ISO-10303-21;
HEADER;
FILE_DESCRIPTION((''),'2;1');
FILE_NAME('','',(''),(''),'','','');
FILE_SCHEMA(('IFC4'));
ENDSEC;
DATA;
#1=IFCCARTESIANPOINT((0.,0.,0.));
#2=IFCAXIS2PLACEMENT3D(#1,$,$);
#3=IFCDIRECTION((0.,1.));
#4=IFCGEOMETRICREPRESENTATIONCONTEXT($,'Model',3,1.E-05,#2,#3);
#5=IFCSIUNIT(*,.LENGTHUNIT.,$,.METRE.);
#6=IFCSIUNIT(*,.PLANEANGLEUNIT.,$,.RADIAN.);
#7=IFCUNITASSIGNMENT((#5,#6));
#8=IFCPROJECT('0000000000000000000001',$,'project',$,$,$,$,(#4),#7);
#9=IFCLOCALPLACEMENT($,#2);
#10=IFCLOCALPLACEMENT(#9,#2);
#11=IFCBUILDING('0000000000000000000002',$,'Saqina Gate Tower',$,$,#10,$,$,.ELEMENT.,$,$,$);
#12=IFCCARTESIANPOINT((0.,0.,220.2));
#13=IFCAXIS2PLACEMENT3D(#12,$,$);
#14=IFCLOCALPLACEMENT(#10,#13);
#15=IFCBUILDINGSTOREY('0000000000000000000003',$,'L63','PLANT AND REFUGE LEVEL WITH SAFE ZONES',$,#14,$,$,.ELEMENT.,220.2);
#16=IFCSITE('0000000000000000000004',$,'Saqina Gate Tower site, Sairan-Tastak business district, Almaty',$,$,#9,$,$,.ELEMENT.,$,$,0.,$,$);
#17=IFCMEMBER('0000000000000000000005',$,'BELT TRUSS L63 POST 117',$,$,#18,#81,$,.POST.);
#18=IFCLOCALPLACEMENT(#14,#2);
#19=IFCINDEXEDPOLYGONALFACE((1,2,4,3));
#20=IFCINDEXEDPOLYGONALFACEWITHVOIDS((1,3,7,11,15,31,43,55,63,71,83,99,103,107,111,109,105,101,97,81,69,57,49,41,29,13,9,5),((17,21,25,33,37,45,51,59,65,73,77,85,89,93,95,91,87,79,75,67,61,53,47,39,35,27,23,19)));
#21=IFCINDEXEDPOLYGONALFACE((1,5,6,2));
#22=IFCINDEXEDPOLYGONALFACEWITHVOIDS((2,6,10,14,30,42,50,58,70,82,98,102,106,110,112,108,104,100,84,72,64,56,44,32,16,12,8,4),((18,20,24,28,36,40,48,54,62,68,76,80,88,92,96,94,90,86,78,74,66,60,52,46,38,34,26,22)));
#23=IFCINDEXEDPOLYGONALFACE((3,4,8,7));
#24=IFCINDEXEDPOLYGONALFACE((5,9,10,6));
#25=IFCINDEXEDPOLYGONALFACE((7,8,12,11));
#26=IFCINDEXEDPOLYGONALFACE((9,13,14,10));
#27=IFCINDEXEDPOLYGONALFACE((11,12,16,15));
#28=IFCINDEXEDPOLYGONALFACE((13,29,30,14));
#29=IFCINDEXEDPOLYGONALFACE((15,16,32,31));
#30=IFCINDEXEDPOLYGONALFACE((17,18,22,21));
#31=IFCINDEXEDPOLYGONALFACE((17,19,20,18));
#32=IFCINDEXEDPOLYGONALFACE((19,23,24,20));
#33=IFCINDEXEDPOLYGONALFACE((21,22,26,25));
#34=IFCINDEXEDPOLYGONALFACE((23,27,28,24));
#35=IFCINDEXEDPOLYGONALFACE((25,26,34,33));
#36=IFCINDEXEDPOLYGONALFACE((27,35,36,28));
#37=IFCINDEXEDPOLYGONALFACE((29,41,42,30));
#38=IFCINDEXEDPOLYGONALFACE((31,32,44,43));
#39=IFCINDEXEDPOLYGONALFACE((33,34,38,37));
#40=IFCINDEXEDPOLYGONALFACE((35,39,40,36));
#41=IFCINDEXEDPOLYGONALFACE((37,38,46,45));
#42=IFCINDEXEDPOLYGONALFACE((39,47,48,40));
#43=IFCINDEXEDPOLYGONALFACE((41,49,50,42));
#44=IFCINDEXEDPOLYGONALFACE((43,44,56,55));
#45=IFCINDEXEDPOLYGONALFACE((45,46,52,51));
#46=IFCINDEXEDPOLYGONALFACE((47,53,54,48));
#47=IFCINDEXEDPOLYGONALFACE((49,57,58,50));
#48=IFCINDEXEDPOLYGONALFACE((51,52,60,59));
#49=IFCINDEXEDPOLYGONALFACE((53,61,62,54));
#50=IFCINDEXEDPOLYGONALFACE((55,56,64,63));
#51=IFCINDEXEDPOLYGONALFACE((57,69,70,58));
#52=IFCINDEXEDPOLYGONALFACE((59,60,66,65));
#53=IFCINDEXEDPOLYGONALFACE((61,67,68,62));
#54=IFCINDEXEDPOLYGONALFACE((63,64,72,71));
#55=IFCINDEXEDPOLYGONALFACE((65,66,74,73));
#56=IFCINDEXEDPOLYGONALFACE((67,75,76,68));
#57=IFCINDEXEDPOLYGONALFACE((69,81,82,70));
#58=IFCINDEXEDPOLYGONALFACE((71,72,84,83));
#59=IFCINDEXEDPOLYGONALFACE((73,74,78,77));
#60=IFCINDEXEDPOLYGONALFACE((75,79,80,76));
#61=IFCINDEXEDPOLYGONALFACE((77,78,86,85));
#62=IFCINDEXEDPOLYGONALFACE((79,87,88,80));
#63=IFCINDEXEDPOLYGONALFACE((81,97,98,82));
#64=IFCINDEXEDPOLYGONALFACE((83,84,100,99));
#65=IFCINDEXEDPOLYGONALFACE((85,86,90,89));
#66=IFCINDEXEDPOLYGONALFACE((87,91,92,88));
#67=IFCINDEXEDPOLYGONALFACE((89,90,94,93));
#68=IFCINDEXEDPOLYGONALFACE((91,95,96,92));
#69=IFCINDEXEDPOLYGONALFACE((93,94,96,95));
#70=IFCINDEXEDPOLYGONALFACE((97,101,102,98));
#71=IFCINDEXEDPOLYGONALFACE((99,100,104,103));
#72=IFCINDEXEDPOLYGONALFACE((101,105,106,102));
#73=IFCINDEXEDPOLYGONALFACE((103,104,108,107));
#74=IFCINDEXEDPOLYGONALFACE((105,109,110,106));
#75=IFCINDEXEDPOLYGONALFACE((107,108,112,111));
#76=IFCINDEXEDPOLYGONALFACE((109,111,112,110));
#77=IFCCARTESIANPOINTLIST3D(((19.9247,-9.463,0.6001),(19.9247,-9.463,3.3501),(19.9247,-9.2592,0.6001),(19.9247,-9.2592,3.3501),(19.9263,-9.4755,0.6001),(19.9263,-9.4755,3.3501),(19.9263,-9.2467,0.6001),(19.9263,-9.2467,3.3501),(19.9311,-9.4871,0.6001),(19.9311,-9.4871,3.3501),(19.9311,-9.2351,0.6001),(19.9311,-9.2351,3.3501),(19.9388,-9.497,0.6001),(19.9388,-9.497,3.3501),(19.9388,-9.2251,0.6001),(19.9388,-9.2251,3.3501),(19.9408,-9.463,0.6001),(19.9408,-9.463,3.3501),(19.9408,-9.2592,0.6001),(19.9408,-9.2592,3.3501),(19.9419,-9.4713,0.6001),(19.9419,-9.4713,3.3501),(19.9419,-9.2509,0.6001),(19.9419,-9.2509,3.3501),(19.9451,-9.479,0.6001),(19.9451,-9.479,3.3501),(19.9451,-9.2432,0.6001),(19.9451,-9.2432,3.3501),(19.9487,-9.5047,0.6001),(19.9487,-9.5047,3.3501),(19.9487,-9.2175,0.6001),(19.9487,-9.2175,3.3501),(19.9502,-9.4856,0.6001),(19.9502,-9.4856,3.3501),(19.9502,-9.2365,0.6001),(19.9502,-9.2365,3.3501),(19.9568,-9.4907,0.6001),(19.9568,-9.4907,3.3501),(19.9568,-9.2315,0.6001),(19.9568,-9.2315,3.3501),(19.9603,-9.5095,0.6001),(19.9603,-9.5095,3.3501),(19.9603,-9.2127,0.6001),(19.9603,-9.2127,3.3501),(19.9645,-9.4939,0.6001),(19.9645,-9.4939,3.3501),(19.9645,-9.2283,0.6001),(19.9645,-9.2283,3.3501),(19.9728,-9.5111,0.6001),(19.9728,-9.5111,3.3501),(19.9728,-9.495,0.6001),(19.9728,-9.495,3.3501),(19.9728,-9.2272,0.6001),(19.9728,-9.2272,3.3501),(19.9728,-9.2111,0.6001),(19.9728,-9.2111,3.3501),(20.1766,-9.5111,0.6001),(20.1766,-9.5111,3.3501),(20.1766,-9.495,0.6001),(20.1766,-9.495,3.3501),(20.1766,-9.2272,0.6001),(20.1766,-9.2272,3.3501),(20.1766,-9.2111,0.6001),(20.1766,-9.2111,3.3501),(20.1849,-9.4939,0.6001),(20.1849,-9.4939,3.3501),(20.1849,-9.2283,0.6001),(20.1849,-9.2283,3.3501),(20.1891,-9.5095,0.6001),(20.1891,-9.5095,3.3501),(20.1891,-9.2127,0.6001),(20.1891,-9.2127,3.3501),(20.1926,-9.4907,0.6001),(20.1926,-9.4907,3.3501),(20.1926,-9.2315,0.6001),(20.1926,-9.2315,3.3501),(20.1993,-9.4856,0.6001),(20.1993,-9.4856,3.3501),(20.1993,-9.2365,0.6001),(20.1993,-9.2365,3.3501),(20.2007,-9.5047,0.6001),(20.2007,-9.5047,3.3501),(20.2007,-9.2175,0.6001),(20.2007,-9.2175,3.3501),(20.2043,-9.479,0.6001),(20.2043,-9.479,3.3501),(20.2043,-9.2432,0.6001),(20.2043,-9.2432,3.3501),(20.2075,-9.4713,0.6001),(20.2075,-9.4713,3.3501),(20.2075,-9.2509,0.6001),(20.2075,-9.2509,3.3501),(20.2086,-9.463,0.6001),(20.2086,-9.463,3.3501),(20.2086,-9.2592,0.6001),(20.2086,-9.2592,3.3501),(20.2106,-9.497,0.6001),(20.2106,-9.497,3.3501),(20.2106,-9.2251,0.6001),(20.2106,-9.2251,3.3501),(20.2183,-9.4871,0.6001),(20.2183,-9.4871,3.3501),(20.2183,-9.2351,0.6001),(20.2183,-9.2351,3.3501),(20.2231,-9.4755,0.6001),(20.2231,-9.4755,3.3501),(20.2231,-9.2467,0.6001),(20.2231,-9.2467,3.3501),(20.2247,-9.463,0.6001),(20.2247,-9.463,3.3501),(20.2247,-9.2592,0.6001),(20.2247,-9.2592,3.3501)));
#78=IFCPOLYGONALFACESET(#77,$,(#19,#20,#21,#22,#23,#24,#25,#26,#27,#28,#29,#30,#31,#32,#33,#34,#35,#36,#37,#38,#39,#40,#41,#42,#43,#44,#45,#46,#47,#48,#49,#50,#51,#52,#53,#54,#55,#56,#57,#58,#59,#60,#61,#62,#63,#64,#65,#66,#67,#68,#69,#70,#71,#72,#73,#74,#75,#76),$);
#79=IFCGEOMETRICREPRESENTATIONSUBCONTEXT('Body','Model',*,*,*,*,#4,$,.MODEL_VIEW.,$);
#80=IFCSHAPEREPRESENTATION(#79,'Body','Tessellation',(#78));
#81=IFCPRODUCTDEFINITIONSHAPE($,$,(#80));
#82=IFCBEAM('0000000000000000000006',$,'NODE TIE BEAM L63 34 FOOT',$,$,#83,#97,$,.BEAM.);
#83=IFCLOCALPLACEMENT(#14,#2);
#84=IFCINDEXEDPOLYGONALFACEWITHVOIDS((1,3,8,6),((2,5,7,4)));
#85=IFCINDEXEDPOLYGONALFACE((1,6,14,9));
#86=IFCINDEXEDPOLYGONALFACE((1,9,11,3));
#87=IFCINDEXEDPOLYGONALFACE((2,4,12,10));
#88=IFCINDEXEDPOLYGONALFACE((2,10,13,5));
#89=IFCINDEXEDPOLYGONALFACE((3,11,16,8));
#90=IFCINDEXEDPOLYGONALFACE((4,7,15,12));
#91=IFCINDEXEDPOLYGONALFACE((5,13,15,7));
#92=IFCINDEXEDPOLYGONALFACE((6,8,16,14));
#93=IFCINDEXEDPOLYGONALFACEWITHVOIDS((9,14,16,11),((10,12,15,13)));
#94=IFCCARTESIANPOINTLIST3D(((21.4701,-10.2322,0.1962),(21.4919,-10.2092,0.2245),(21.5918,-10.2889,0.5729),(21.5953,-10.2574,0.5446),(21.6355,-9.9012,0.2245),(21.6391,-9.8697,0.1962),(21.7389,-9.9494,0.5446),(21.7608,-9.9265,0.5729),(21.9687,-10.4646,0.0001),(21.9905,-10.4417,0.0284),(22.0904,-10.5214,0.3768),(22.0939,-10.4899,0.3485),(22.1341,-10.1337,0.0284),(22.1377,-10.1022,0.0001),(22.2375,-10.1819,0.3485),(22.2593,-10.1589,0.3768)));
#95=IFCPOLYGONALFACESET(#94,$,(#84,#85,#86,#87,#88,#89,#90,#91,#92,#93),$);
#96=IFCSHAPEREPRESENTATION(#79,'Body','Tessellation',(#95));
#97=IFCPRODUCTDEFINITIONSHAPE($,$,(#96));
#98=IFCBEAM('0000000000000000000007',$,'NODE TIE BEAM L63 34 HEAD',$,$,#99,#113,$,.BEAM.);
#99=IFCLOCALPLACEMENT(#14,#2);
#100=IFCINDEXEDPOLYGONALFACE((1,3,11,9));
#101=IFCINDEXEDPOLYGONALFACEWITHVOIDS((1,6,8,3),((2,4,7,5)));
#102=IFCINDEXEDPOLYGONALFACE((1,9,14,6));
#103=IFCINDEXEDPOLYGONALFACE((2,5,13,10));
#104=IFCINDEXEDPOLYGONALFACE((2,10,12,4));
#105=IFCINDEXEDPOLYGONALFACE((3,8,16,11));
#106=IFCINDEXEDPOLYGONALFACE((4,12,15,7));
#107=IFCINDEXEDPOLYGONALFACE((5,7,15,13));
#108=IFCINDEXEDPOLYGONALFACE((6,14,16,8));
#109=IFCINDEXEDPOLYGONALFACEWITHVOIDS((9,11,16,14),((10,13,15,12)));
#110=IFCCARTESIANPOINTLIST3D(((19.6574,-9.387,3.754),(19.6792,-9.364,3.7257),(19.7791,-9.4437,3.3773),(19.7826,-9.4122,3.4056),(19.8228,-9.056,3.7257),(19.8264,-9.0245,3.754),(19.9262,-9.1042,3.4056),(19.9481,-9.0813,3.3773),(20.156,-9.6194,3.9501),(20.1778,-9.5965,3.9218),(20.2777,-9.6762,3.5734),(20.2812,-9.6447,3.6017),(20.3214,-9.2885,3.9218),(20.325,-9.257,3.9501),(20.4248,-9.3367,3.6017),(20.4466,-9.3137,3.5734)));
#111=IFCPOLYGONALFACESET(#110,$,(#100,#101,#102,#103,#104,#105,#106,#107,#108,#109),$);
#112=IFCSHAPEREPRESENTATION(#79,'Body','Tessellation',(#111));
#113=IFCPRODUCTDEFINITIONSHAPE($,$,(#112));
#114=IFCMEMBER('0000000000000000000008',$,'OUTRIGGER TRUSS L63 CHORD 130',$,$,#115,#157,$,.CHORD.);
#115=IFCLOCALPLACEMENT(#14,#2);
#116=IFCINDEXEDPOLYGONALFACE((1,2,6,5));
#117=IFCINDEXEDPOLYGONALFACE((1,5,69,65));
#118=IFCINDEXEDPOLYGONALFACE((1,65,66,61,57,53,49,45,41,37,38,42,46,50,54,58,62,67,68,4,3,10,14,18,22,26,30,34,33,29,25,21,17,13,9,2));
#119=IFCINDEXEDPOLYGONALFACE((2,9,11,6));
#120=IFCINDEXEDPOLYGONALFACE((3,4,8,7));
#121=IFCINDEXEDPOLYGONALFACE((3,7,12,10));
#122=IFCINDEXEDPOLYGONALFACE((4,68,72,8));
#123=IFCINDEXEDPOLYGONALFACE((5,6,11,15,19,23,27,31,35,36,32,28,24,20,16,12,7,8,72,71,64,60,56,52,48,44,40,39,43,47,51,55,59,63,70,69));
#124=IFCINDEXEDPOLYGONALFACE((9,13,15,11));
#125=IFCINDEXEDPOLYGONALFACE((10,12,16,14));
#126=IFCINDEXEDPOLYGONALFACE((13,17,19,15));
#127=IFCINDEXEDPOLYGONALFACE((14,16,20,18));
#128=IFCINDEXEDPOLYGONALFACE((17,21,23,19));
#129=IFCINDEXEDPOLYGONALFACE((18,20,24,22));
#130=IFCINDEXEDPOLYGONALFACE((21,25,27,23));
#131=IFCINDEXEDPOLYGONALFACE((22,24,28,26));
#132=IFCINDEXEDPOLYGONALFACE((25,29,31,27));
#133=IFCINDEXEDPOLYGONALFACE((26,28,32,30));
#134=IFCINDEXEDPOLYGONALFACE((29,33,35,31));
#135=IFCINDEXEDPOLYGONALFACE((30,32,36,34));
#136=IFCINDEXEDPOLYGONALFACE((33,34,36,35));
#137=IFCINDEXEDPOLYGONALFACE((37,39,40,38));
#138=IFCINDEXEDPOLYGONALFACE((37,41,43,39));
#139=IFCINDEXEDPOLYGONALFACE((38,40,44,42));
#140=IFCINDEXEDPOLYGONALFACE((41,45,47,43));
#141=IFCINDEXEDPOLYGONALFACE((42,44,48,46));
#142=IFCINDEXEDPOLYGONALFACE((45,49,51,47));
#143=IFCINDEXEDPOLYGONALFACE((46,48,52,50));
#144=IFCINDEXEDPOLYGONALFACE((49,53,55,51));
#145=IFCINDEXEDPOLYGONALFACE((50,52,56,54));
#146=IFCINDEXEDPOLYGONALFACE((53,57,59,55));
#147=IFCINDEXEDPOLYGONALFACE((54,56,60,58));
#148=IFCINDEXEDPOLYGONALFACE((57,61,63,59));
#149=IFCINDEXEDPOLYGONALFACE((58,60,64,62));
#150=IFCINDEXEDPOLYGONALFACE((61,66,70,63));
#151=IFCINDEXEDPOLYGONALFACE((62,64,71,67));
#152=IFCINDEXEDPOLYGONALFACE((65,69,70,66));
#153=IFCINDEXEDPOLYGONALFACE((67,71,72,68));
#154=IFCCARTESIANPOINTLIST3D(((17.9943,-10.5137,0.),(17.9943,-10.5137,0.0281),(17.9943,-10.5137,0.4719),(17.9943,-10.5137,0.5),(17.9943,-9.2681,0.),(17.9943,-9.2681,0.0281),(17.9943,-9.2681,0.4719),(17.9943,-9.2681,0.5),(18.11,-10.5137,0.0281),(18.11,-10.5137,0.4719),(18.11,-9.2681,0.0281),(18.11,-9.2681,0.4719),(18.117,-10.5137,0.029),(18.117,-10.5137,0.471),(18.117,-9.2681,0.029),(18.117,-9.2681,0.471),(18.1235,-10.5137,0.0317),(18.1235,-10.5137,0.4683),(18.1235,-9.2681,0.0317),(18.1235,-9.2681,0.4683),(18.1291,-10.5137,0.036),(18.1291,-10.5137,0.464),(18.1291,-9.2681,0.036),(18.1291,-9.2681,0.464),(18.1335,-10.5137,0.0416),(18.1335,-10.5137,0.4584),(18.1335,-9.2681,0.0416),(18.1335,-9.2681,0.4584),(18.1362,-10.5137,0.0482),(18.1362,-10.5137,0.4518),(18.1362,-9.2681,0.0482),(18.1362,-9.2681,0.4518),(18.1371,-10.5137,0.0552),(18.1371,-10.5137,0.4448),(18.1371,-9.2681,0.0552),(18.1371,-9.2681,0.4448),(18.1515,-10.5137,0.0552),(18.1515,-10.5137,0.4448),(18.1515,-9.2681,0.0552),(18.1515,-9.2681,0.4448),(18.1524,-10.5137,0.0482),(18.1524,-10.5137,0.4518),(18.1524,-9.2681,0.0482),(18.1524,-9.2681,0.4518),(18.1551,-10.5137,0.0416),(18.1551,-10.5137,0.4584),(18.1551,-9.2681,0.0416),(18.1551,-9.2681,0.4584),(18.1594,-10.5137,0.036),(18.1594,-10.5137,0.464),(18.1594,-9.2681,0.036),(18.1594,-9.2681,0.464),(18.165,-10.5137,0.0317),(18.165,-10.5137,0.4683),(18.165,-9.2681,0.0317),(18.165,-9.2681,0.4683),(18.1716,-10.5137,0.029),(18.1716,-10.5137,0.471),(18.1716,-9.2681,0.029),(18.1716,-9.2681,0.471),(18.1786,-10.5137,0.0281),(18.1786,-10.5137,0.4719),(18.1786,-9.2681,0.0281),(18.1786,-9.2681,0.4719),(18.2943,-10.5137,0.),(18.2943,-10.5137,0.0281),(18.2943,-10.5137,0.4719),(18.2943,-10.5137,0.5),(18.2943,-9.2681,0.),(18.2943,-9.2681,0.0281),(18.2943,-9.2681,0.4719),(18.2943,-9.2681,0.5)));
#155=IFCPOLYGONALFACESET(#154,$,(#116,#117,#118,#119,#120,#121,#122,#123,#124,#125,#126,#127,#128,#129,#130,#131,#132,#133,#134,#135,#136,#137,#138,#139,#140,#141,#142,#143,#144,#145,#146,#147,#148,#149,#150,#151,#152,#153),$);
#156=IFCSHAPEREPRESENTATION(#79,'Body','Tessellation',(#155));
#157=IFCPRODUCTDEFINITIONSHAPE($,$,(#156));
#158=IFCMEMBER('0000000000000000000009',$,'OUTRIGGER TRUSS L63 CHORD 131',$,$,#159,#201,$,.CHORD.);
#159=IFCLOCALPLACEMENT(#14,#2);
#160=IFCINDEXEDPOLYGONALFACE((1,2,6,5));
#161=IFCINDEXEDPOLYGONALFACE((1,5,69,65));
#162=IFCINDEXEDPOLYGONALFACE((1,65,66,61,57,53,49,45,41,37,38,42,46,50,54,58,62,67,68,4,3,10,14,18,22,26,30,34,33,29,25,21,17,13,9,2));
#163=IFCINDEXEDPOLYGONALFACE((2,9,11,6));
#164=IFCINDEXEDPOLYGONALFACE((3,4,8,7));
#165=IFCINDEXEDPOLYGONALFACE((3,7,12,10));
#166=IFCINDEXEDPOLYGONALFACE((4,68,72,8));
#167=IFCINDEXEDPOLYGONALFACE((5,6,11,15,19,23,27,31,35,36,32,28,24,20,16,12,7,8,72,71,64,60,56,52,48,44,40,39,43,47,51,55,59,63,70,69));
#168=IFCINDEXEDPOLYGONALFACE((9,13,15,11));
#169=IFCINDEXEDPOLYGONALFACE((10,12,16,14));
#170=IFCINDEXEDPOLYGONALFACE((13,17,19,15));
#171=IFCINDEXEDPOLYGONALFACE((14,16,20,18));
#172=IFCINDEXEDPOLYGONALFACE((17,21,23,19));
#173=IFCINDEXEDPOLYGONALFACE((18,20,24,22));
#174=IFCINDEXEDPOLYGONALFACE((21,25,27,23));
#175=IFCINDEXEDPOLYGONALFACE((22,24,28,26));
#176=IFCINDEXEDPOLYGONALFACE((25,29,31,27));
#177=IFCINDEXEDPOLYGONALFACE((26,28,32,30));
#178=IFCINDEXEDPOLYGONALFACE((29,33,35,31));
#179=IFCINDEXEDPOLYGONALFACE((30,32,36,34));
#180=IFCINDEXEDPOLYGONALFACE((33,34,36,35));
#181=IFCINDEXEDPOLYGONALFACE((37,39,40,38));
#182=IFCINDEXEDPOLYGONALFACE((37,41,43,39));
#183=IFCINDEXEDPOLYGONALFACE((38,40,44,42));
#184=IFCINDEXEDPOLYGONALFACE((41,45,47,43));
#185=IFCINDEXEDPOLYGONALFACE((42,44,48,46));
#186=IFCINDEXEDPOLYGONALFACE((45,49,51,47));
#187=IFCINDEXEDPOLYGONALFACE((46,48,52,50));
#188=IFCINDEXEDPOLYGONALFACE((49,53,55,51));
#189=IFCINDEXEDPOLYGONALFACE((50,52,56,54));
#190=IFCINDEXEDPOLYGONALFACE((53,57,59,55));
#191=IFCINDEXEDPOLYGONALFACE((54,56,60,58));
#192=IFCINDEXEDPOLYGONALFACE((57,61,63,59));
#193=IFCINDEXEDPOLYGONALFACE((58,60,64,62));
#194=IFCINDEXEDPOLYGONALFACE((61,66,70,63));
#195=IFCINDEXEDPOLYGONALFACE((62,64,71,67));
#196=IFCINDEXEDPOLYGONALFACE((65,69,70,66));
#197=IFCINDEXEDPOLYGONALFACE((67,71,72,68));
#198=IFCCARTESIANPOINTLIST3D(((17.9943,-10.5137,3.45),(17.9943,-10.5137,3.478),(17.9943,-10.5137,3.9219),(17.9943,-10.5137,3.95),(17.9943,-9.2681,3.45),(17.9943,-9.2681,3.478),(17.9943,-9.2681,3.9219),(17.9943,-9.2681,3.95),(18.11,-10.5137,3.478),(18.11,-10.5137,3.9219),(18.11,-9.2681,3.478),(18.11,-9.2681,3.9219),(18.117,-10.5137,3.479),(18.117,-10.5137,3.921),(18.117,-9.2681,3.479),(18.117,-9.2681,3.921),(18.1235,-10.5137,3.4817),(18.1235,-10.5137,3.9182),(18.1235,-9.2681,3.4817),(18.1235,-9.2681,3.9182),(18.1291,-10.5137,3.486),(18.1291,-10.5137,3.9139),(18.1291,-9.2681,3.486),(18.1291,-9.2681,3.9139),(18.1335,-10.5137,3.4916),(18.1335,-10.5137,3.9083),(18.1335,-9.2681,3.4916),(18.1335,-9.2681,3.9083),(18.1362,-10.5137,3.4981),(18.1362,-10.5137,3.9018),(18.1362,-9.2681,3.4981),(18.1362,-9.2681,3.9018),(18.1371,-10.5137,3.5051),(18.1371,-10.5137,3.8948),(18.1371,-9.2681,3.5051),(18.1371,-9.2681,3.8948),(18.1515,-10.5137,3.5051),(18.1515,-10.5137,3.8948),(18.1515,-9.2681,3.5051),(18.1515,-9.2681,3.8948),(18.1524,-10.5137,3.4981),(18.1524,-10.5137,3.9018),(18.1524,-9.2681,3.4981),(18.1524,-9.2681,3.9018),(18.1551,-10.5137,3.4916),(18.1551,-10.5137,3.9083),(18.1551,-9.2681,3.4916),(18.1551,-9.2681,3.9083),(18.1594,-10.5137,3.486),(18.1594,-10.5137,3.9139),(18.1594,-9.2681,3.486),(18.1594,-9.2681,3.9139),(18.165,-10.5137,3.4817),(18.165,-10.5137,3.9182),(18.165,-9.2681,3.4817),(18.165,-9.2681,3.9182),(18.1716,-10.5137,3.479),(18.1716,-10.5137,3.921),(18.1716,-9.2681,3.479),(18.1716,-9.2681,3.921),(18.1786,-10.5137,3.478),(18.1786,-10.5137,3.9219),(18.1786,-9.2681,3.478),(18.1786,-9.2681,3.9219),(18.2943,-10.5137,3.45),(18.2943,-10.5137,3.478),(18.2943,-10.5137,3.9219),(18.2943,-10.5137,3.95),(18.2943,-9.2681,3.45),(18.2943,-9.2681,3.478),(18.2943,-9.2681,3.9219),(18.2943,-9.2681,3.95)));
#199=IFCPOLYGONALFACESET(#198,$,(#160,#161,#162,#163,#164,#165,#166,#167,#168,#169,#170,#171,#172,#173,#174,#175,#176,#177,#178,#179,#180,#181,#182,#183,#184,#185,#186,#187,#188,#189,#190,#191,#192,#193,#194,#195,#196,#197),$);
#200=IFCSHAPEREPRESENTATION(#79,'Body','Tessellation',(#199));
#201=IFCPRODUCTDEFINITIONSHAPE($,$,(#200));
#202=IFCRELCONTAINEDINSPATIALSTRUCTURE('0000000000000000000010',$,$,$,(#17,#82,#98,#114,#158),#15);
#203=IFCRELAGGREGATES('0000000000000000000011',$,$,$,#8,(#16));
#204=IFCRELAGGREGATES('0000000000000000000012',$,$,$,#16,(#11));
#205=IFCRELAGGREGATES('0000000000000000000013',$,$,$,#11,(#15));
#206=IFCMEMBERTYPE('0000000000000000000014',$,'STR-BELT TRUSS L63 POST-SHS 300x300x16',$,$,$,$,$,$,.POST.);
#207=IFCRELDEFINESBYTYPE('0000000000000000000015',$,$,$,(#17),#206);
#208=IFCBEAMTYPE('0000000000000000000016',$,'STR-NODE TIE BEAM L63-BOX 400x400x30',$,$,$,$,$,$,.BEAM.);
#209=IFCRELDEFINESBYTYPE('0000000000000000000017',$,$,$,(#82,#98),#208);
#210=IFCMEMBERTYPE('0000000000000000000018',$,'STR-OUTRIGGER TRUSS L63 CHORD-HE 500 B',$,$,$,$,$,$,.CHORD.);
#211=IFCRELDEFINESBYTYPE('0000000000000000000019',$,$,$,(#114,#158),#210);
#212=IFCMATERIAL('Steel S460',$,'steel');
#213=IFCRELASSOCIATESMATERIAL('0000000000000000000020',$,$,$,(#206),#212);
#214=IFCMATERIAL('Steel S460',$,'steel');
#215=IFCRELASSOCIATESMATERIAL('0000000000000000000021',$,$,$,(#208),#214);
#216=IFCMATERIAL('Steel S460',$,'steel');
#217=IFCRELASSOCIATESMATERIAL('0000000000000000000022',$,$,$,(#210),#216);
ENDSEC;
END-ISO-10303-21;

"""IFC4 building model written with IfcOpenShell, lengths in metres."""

from ifc_helpers import new_model, si_unit, direction, frame, origin, origin_2d, place, context, subcontext, project, spatial, hollow_rectangle, i_section, extrude, material, material_profile, profile_set, type_object, element, save


model = new_model("IFC4")

# Units and contexts
model_context = context("Model", 3, precision=1e-05, world=origin(), true_north=direction((0.0, 1.0)))
body_context = subcontext(model_context, "Body", "Model", "MODEL_VIEW")
ifc_project = project(units=[si_unit("LENGTHUNIT", "METRE"), si_unit("PLANEANGLEUNIT", "RADIAN")], contexts=[model_context])

# Site, building, storey
site_placement = place(None, origin())
site = spatial("IfcSite", under=ifc_project, at=site_placement, Name="Saqina Gate Tower site, Sairan-Tastak business district, Almaty", CompositionType="ELEMENT", RefElevation=0.0)
building_placement = place(site_placement, origin())
building = spatial("IfcBuilding", under=site, at=building_placement, Name="Saqina Gate Tower", CompositionType="ELEMENT")
storey_placement = place(building_placement, frame((0.0, 0.0, 220.2)))
storey = spatial("IfcBuildingStorey", under=building, at=storey_placement, Name="L63", Description="PLANT AND REFUGE LEVEL WITH SAFE ZONES", CompositionType="ELEMENT", Elevation=220.2)

# Member
ifc_material_1 = material(Name="Steel S460", Category="steel")
ifc_material_profile_1 = material_profile(ifc_material_1, hollow_rectangle(XDim=0.3, YDim=0.3, WallThickness=0.0161, InnerFilletRadius=0.032, OuterFilletRadius=0.0481, at=origin_2d()), Name="SHS 300x300x16")
ifc_profile_set_1 = profile_set([ifc_material_profile_1], Name="Steel S460")
member_type_1 = type_object("IfcMemberType", Name="STR-BELT TRUSS L63 POST-SHS 300x300x16", PredefinedType="POST", material=ifc_profile_set_1)
member_1_placement = place(storey_placement, frame((20.0747, -9.3611, 0.6001), z_axis=(0.0, 0.0, 1.0), x_axis=(1.0, 0.0, 0.0)))
element("IfcMember", 1, at=member_1_placement, inside=storey, type_object=member_type_1, Name="BELT TRUSS L63 POST 117", PredefinedType="POST", context=body_context, shape_type="SweptSolid", body=[
    extrude(hollow_rectangle(XDim=0.3, YDim=0.3, WallThickness=0.0161, InnerFilletRadius=0.032, OuterFilletRadius=0.0481, at=origin_2d()), origin(), (0.0, 0.0, 1.0), 2.75),
])

# Beams
ifc_material_2 = material(Name="Steel S460", Category="steel")
ifc_material_profile_2 = material_profile(ifc_material_2, hollow_rectangle(XDim=0.3999, YDim=0.3999, WallThickness=0.03, at=origin_2d()), Name="BOX 400x400x30")
ifc_profile_set_2 = profile_set([ifc_material_profile_2], Name="Steel S460")
beam_type_1 = type_object("IfcBeamType", Name="STR-NODE TIE BEAM L63-BOX 400x400x30", PredefinedType="BEAM", material=ifc_profile_set_2)
for number, where, z_axis, x_axis, name in (
    (2, (22.114, -10.3118, 0.1885), (-0.853738, 0.398021, 0.335725), (-0.422545, -0.906342, 0.0), "NODE TIE BEAM L63 34 FOOT"),
    (3, (19.8027, -9.2341, 3.5657), (0.853738, -0.398021, 0.335725), (0.422545, 0.906342, 0.0), "NODE TIE BEAM L63 34 HEAD"),
):
    element("IfcBeam", number, at=place(storey_placement, frame(where, z_axis=z_axis, x_axis=x_axis)), inside=storey, type_object=beam_type_1, Name=name, PredefinedType="BEAM", context=body_context, shape_type="SweptSolid", body=[
        extrude(hollow_rectangle(XDim=0.3999, YDim=0.3999, WallThickness=0.03, at=origin_2d()), origin(), (0.0, 0.0, 1.0), 0.584),
    ])

# Members
ifc_material_3 = material(Name="Steel S460", Category="steel")
ifc_material_profile_3 = material_profile(ifc_material_3, i_section(OverallWidth=0.3, OverallDepth=0.5, WebThickness=0.0144, FlangeThickness=0.0281, FilletRadius=0.0271, at=origin_2d()), Name="HE 500 B")
ifc_profile_set_3 = profile_set([ifc_material_profile_3], Name="Steel S460")
member_type_2 = type_object("IfcMemberType", Name="STR-OUTRIGGER TRUSS L63 CHORD-HE 500 B", PredefinedType="CHORD", material=ifc_profile_set_3)
for number, where, z_axis, x_axis, name in (
    (4, (18.1443, -9.2681, 0.25), (0.0, -1.0, 0.0), (1.0, 0.0, 0.0), "OUTRIGGER TRUSS L63 CHORD 130"),
    (5, (18.1443, -9.2681, 3.7), (0.0, -1.0, 0.0), (1.0, 0.0, 0.0), "OUTRIGGER TRUSS L63 CHORD 131"),
):
    element("IfcMember", number, at=place(storey_placement, frame(where, z_axis=z_axis, x_axis=x_axis)), inside=storey, type_object=member_type_2, Name=name, PredefinedType="CHORD", context=body_context, shape_type="SweptSolid", body=[
        extrude(i_section(OverallWidth=0.3, OverallDepth=0.5, WebThickness=0.0144, FlangeThickness=0.0281, FilletRadius=0.0271, at=origin_2d()), origin(), (0.0, 0.0, 1.0), 1.2456),
    ])

save(model, "model.ifc")
